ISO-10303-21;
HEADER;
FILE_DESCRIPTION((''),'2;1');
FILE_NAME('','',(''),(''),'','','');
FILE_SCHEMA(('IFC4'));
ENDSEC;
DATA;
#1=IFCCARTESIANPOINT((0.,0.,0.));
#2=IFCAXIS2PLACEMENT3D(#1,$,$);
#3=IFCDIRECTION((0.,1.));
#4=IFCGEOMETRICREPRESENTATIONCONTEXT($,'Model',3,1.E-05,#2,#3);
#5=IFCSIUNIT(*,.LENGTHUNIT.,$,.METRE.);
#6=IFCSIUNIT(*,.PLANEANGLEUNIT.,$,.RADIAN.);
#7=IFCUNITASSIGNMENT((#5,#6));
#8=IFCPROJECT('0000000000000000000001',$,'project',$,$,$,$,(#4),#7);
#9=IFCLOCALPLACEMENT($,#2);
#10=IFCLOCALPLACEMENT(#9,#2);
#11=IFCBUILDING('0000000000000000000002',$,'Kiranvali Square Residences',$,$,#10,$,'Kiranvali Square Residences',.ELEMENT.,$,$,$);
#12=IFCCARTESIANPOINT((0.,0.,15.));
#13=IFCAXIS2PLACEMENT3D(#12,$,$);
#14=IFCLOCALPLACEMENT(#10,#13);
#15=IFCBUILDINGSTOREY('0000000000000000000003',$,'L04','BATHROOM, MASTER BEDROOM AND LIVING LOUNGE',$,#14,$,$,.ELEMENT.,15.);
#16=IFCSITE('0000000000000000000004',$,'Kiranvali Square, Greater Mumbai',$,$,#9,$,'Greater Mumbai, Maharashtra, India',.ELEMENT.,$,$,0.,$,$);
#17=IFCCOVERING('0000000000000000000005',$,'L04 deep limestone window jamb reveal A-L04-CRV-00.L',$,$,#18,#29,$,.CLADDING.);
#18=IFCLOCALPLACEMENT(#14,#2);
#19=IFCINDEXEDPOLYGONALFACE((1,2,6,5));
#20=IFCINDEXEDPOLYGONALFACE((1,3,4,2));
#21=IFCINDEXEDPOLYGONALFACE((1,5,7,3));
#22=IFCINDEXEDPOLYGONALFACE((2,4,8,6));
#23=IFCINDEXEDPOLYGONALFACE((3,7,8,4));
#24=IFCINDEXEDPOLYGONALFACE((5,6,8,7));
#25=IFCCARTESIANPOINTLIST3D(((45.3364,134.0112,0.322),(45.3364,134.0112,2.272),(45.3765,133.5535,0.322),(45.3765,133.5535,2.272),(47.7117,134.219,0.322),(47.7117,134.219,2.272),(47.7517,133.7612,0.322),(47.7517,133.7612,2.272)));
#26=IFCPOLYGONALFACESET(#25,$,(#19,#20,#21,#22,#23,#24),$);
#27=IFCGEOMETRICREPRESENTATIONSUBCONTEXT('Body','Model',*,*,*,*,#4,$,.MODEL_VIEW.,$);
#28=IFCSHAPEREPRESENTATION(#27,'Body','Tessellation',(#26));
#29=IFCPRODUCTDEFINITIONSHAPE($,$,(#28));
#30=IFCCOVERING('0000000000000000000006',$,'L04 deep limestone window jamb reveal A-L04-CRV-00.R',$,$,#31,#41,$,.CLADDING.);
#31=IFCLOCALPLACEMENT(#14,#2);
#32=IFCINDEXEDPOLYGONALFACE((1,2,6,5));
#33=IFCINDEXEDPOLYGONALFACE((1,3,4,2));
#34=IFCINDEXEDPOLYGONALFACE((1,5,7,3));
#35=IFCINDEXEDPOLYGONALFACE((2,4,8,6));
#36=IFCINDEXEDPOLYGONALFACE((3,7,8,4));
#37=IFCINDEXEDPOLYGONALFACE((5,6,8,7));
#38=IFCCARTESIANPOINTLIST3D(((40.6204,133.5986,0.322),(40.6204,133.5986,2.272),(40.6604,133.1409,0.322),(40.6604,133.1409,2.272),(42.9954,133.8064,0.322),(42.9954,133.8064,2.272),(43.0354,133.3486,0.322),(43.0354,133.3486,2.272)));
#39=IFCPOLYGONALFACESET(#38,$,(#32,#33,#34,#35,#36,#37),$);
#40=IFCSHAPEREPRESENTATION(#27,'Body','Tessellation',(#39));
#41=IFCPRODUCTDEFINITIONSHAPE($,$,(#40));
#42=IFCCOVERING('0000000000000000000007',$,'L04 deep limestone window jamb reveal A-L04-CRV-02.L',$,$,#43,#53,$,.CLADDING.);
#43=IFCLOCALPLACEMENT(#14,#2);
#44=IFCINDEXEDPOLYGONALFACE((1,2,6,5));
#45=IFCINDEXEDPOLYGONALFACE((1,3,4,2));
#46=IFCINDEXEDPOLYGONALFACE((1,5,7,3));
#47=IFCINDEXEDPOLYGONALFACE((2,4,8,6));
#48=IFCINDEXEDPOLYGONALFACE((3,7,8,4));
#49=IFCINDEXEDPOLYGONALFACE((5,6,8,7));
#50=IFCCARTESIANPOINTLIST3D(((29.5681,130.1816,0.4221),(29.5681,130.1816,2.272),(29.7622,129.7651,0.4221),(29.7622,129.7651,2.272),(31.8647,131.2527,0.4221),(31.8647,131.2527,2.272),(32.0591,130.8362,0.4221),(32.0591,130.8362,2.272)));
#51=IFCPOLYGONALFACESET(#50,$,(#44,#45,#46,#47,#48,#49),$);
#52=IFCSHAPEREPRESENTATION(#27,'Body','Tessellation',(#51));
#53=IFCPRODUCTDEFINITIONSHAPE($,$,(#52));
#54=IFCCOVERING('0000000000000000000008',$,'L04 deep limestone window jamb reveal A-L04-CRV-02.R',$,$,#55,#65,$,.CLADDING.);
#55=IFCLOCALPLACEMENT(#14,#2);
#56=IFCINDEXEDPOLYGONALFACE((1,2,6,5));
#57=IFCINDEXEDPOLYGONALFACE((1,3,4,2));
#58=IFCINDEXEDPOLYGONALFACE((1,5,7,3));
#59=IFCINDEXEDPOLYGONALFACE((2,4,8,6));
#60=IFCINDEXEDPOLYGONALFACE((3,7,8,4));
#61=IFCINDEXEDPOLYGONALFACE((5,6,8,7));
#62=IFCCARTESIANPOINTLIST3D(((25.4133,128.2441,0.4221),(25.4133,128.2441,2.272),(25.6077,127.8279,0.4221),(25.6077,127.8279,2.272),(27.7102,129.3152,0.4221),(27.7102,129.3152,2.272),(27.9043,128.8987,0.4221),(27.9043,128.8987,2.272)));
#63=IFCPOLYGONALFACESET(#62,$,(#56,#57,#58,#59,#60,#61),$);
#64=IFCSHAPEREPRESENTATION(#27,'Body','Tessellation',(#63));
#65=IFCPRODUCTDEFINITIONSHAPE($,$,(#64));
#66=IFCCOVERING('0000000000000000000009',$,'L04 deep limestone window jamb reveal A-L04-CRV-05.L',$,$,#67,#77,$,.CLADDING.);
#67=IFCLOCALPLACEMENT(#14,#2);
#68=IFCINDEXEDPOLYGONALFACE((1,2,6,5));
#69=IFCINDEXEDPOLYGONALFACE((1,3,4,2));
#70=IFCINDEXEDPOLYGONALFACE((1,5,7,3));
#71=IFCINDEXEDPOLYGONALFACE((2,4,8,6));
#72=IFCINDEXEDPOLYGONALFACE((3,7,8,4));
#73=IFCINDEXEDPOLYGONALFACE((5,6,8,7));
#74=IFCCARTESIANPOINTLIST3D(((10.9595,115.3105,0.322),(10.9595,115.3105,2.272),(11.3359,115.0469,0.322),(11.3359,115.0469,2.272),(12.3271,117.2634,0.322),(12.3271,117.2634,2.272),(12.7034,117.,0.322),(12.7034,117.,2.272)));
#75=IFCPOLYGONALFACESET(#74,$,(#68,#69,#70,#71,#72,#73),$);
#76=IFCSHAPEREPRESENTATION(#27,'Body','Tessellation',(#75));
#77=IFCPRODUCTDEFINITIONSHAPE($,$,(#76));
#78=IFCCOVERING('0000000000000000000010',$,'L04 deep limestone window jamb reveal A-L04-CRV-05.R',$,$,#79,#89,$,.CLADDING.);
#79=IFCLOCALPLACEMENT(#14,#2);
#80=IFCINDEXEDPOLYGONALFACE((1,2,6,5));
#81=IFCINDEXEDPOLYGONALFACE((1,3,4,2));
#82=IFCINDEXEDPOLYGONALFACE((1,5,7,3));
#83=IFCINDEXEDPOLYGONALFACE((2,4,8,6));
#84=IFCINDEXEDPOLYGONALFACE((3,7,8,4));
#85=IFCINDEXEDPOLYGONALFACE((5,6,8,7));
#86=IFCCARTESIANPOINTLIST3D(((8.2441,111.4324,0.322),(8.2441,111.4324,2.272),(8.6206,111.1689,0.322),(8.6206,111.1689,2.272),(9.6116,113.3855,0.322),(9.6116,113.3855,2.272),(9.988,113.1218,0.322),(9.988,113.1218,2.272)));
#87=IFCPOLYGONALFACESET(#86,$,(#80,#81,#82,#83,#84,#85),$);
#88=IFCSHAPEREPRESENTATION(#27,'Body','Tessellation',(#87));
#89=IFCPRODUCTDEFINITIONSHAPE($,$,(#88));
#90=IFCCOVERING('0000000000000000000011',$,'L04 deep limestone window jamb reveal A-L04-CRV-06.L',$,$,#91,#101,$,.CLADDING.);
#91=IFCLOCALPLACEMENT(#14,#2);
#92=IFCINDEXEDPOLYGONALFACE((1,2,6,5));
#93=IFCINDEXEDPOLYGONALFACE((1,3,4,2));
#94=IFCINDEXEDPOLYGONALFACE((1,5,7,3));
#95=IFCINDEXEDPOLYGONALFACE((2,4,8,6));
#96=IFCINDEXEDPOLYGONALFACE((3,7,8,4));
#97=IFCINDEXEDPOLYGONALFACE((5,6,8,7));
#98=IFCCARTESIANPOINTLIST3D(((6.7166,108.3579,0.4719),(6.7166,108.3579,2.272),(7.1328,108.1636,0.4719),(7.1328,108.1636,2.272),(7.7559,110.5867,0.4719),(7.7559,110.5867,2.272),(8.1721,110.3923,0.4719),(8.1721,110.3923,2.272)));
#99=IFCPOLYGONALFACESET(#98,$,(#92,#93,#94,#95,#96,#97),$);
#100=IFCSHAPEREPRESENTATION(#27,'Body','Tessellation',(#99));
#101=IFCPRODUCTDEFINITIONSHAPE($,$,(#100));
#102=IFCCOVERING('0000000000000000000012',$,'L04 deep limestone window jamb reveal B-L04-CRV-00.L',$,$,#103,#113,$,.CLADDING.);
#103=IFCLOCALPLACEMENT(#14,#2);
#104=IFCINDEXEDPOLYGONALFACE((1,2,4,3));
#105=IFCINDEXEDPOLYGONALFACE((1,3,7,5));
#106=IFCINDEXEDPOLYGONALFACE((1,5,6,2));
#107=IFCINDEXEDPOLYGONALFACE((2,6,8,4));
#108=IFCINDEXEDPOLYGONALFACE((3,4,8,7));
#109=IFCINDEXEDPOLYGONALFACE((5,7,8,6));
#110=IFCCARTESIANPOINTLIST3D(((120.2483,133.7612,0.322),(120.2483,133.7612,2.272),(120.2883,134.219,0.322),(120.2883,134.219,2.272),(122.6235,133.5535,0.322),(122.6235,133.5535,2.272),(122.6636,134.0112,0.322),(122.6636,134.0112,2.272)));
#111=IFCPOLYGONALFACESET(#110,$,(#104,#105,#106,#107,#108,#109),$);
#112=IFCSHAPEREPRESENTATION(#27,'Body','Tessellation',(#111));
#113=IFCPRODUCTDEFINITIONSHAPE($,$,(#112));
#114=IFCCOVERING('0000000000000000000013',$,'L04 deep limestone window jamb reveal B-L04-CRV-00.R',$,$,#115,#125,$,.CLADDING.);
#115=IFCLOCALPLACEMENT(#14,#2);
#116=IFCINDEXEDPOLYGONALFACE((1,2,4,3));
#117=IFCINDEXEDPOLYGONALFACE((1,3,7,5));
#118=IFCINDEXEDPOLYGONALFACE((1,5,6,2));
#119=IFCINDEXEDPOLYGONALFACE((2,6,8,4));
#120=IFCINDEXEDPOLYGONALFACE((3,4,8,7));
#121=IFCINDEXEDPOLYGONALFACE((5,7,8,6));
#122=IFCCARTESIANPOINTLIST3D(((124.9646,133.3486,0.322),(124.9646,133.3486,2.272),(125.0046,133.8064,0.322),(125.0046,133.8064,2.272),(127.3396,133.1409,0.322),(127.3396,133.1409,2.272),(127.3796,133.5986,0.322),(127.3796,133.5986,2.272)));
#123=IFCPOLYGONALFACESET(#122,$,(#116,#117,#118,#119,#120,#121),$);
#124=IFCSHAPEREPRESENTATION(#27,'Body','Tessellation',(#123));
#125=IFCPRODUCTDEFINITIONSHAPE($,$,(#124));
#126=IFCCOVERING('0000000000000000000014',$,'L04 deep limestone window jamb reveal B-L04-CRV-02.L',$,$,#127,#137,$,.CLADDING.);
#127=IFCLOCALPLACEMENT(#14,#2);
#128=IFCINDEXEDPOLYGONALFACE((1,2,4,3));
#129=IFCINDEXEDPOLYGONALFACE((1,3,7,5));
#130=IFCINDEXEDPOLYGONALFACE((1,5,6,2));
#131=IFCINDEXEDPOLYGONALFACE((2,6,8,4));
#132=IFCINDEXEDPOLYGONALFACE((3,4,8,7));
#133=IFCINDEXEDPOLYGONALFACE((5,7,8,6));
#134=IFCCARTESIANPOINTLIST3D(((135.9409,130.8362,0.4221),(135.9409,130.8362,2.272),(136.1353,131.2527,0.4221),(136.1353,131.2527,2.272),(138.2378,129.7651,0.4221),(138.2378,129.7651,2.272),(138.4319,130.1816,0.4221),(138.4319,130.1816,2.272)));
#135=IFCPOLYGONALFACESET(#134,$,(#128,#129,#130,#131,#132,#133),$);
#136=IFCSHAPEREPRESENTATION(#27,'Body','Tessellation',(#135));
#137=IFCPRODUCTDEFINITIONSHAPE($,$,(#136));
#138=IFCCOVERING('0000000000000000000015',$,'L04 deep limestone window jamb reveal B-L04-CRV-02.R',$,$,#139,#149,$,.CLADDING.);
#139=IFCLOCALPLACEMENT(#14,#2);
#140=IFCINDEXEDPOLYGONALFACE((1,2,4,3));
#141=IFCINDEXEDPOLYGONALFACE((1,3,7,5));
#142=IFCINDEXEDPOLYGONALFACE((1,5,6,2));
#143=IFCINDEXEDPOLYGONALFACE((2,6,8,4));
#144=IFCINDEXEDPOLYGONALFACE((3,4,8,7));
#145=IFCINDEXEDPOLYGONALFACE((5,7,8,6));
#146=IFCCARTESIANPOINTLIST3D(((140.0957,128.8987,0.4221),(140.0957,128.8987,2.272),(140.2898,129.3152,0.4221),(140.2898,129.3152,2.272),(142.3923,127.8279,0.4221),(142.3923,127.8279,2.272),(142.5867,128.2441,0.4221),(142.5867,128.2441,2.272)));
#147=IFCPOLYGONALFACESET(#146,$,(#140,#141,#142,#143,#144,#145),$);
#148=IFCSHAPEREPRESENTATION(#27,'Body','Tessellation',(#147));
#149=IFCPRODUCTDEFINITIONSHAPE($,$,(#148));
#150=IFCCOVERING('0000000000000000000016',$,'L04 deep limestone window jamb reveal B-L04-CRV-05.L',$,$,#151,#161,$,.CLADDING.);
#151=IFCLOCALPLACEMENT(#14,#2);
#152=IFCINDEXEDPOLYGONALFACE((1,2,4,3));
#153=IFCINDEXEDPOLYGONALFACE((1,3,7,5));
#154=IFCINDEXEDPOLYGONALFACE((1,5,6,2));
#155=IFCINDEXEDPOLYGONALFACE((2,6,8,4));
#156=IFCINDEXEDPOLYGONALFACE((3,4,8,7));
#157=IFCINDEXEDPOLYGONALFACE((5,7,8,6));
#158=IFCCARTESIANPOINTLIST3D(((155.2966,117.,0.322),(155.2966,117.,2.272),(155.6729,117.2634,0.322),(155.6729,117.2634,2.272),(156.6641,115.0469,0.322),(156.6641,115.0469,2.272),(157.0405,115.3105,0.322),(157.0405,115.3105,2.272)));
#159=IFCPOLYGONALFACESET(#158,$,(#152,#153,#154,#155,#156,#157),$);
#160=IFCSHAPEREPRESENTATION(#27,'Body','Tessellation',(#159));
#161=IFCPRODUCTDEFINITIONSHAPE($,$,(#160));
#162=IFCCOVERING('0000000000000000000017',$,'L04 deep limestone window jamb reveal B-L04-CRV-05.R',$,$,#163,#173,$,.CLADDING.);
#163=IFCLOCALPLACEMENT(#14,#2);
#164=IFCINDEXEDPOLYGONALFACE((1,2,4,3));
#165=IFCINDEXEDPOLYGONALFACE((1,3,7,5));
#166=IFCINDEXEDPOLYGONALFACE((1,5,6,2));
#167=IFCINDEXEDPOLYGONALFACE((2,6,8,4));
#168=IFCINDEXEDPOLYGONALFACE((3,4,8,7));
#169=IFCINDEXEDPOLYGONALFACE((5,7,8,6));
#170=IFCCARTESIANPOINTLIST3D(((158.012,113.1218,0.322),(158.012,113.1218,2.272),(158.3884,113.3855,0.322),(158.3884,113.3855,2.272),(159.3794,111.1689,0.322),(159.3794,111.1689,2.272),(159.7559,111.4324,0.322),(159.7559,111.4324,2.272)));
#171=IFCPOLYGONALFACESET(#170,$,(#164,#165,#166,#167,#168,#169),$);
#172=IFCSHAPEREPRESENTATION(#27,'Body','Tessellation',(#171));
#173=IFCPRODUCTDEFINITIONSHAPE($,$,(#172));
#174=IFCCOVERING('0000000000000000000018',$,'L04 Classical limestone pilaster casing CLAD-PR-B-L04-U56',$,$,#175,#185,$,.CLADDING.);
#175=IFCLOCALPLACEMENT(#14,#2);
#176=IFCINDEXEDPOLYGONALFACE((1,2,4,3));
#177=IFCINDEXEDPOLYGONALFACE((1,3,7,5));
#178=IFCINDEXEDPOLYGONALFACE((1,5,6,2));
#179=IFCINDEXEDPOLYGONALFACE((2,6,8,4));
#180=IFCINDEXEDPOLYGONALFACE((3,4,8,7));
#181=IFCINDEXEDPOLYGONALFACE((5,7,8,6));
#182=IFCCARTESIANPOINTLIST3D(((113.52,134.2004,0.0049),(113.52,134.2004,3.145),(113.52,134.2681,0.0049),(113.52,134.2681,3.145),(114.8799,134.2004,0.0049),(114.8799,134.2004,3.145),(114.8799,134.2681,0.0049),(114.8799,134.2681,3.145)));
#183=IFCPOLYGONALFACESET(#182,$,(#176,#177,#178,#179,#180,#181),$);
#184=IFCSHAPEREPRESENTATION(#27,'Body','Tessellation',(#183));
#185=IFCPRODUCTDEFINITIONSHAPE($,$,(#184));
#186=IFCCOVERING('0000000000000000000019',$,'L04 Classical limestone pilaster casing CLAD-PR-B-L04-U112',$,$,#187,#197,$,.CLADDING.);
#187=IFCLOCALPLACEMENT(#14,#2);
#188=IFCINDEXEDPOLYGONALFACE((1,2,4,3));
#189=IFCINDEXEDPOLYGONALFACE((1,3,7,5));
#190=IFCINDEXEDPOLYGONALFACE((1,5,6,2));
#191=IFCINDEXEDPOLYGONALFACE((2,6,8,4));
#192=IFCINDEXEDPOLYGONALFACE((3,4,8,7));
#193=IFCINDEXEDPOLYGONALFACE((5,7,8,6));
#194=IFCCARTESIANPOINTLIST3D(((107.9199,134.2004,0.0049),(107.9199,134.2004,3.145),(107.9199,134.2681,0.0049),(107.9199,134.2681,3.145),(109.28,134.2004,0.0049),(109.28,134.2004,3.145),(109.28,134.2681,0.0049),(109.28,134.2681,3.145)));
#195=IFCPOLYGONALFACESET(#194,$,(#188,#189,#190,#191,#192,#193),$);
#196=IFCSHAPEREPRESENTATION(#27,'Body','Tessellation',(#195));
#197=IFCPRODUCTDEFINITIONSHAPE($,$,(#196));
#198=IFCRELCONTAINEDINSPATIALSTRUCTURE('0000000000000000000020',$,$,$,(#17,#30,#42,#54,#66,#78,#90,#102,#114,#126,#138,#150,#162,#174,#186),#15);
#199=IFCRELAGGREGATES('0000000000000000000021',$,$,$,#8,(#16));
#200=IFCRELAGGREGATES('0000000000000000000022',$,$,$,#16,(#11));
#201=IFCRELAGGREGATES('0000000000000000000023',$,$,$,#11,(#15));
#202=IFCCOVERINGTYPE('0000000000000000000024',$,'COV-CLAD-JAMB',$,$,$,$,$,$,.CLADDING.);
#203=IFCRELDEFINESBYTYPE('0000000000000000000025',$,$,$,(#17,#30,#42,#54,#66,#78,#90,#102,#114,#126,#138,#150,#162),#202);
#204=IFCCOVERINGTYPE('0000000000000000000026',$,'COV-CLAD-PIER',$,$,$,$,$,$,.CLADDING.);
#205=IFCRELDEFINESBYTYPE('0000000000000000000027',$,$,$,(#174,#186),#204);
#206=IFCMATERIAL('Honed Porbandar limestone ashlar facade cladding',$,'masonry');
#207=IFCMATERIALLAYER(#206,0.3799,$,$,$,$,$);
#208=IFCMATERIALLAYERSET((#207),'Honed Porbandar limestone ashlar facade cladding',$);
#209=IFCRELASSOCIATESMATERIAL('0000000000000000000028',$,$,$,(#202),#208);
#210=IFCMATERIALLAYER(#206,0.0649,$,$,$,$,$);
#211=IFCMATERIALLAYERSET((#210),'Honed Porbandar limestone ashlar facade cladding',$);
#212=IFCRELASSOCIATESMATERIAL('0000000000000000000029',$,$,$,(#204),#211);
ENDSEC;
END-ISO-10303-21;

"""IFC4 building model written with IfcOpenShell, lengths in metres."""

from ifc_helpers import new_model, si_unit, direction, frame, origin, place, context, subcontext, project, spatial, polyline, outline, extrude, material, layer, layer_set, type_object, element, save


model = new_model("IFC4")

# Units and contexts
model_context = context("Model", 3, precision=1e-05, world=origin(), true_north=direction((0.0, 1.0)))
body_context = subcontext(model_context, "Body", "Model", "MODEL_VIEW")
ifc_project = project(units=[si_unit("LENGTHUNIT", "METRE"), si_unit("PLANEANGLEUNIT", "RADIAN")], contexts=[model_context])

# Site, building, storey
site_placement = place(None, origin())
site = spatial("IfcSite", under=ifc_project, at=site_placement, Name="Kiranvali Square, Greater Mumbai", LongName="Greater Mumbai, Maharashtra, India", CompositionType="ELEMENT", RefElevation=0.0)
building_placement = place(site_placement, origin())
building = spatial("IfcBuilding", under=site, at=building_placement, Name="Kiranvali Square Residences", LongName="Kiranvali Square Residences", CompositionType="ELEMENT")
storey_placement = place(building_placement, frame((0.0, 0.0, 15.0)))
storey = spatial("IfcBuildingStorey", under=building, at=storey_placement, Name="L04", Description="BATHROOM, MASTER BEDROOM AND LIVING LOUNGE", CompositionType="ELEMENT", Elevation=15.0)

# Coverings
ifc_material = material(Name="Honed Porbandar limestone ashlar facade cladding", Category="masonry")
ifc_layer_1 = layer(ifc_material, 0.3799)
ifc_layer_set_1 = layer_set([ifc_layer_1], Name="Honed Porbandar limestone ashlar facade cladding")
covering_type_1 = type_object("IfcCoveringType", Name="COV-CLAD-JAMB", PredefinedType="CLADDING", material=ifc_layer_set_1)
covering_1_placement = place(storey_placement, frame((0.0, 0.0, 0.322)))
element("IfcCovering", 1, at=covering_1_placement, inside=storey, type_object=covering_type_1, Name="L04 deep limestone window jamb reveal A-L04-CRV-00.L", PredefinedType="CLADDING", context=body_context, shape_type="SweptSolid", body=[
    extrude(outline(polyline([(47.7117, 134.219), (45.3364, 134.0112), (45.3765, 133.5535), (47.7517, 133.7612), (47.7117, 134.219)])), origin(), (0.0, 0.0, 1.0), 1.95),
])
covering_2_placement = place(storey_placement, frame((0.0, 0.0, 0.322)))
element("IfcCovering", 2, at=covering_2_placement, inside=storey, type_object=covering_type_1, Name="L04 deep limestone window jamb reveal A-L04-CRV-00.R", PredefinedType="CLADDING", context=body_context, shape_type="SweptSolid", body=[
    extrude(outline(polyline([(42.9954, 133.8064), (40.6204, 133.5986), (40.6604, 133.1409), (43.0354, 133.3486), (42.9954, 133.8064)])), origin(), (0.0, 0.0, 1.0), 1.95),
])
covering_3_placement = place(storey_placement, frame((0.0, 0.0, 0.4221)))
element("IfcCovering", 3, at=covering_3_placement, inside=storey, type_object=covering_type_1, Name="L04 deep limestone window jamb reveal A-L04-CRV-02.L", PredefinedType="CLADDING", context=body_context, shape_type="SweptSolid", body=[
    extrude(outline(polyline([(31.8647, 131.2527), (29.5681, 130.1816), (29.7622, 129.7651), (32.0591, 130.8362), (31.8647, 131.2527)])), origin(), (0.0, 0.0, 1.0), 1.8499),
])
covering_4_placement = place(storey_placement, frame((0.0, 0.0, 0.4221)))
element("IfcCovering", 4, at=covering_4_placement, inside=storey, type_object=covering_type_1, Name="L04 deep limestone window jamb reveal A-L04-CRV-02.R", PredefinedType="CLADDING", context=body_context, shape_type="SweptSolid", body=[
    extrude(outline(polyline([(27.7102, 129.3152), (25.4133, 128.2441), (25.6077, 127.8279), (27.9043, 128.8987), (27.7102, 129.3152)])), origin(), (0.0, 0.0, 1.0), 1.8499),
])
covering_5_placement = place(storey_placement, frame((0.0, 0.0, 0.322)))
element("IfcCovering", 5, at=covering_5_placement, inside=storey, type_object=covering_type_1, Name="L04 deep limestone window jamb reveal A-L04-CRV-05.L", PredefinedType="CLADDING", context=body_context, shape_type="SweptSolid", body=[
    extrude(outline(polyline([(12.3271, 117.2634), (10.9595, 115.3105), (11.3359, 115.0469), (12.7034, 117.0), (12.3271, 117.2634)])), origin(), (0.0, 0.0, 1.0), 1.95),
])
covering_6_placement = place(storey_placement, frame((0.0, 0.0, 0.322)))
element("IfcCovering", 6, at=covering_6_placement, inside=storey, type_object=covering_type_1, Name="L04 deep limestone window jamb reveal A-L04-CRV-05.R", PredefinedType="CLADDING", context=body_context, shape_type="SweptSolid", body=[
    extrude(outline(polyline([(9.6116, 113.3855), (8.2441, 111.4324), (8.6206, 111.1689), (9.988, 113.1218), (9.6116, 113.3855)])), origin(), (0.0, 0.0, 1.0), 1.95),
])
covering_7_placement = place(storey_placement, frame((0.0, 0.0, 0.4719)))
element("IfcCovering", 7, at=covering_7_placement, inside=storey, type_object=covering_type_1, Name="L04 deep limestone window jamb reveal A-L04-CRV-06.L", PredefinedType="CLADDING", context=body_context, shape_type="SweptSolid", body=[
    extrude(outline(polyline([(7.7559, 110.5867), (6.7166, 108.3579), (7.1328, 108.1636), (8.1721, 110.3923), (7.7559, 110.5867)])), origin(), (0.0, 0.0, 1.0), 1.8),
])
covering_8_placement = place(storey_placement, frame((0.0, 0.0, 0.322)))
element("IfcCovering", 8, at=covering_8_placement, inside=storey, type_object=covering_type_1, Name="L04 deep limestone window jamb reveal B-L04-CRV-00.L", PredefinedType="CLADDING", context=body_context, shape_type="SweptSolid", body=[
    extrude(outline(polyline([(120.2483, 133.7612), (122.6235, 133.5535), (122.6636, 134.0112), (120.2883, 134.219), (120.2483, 133.7612)])), origin(), (0.0, 0.0, 1.0), 1.95),
])
covering_9_placement = place(storey_placement, frame((0.0, 0.0, 0.322)))
element("IfcCovering", 9, at=covering_9_placement, inside=storey, type_object=covering_type_1, Name="L04 deep limestone window jamb reveal B-L04-CRV-00.R", PredefinedType="CLADDING", context=body_context, shape_type="SweptSolid", body=[
    extrude(outline(polyline([(124.9646, 133.3486), (127.3396, 133.1409), (127.3796, 133.5986), (125.0046, 133.8064), (124.9646, 133.3486)])), origin(), (0.0, 0.0, 1.0), 1.95),
])
covering_10_placement = place(storey_placement, frame((0.0, 0.0, 0.4221)))
element("IfcCovering", 10, at=covering_10_placement, inside=storey, type_object=covering_type_1, Name="L04 deep limestone window jamb reveal B-L04-CRV-02.L", PredefinedType="CLADDING", context=body_context, shape_type="SweptSolid", body=[
    extrude(outline(polyline([(135.9409, 130.8362), (138.2378, 129.7651), (138.4319, 130.1816), (136.1353, 131.2527), (135.9409, 130.8362)])), origin(), (0.0, 0.0, 1.0), 1.8499),
])
covering_11_placement = place(storey_placement, frame((0.0, 0.0, 0.4221)))
element("IfcCovering", 11, at=covering_11_placement, inside=storey, type_object=covering_type_1, Name="L04 deep limestone window jamb reveal B-L04-CRV-02.R", PredefinedType="CLADDING", context=body_context, shape_type="SweptSolid", body=[
    extrude(outline(polyline([(140.0957, 128.8987), (142.3923, 127.8279), (142.5867, 128.2441), (140.2898, 129.3152), (140.0957, 128.8987)])), origin(), (0.0, 0.0, 1.0), 1.8499),
])
covering_12_placement = place(storey_placement, frame((0.0, 0.0, 0.322)))
element("IfcCovering", 12, at=covering_12_placement, inside=storey, type_object=covering_type_1, Name="L04 deep limestone window jamb reveal B-L04-CRV-05.L", PredefinedType="CLADDING", context=body_context, shape_type="SweptSolid", body=[
    extrude(outline(polyline([(155.2966, 117.0), (156.6641, 115.0469), (157.0405, 115.3105), (155.6729, 117.2634), (155.2966, 117.0)])), origin(), (0.0, 0.0, 1.0), 1.95),
])
covering_13_placement = place(storey_placement, frame((0.0, 0.0, 0.322)))
element("IfcCovering", 13, at=covering_13_placement, inside=storey, type_object=covering_type_1, Name="L04 deep limestone window jamb reveal B-L04-CRV-05.R", PredefinedType="CLADDING", context=body_context, shape_type="SweptSolid", body=[
    extrude(outline(polyline([(158.012, 113.1218), (159.3794, 111.1689), (159.7559, 111.4324), (158.3884, 113.3855), (158.012, 113.1218)])), origin(), (0.0, 0.0, 1.0), 1.95),
])
ifc_layer_2 = layer(ifc_material, 0.0649)
ifc_layer_set_2 = layer_set([ifc_layer_2], Name="Honed Porbandar limestone ashlar facade cladding")
covering_type_2 = type_object("IfcCoveringType", Name="COV-CLAD-PIER", PredefinedType="CLADDING", material=ifc_layer_set_2)
covering_14_placement = place(storey_placement, frame((0.0, 0.0, 0.0049)))
element("IfcCovering", 14, at=covering_14_placement, inside=storey, type_object=covering_type_2, Name="L04 Classical limestone pilaster casing CLAD-PR-B-L04-U56", PredefinedType="CLADDING", context=body_context, shape_type="SweptSolid", body=[
    extrude(outline(polyline([(114.8799, 134.2681), (113.52, 134.2681), (113.52, 134.2004), (114.8799, 134.2004), (114.8799, 134.2681)])), origin(), (0.0, 0.0, 1.0), 3.1401),
])
covering_15_placement = place(storey_placement, frame((0.0, 0.0, 0.0049)))
element("IfcCovering", 15, at=covering_15_placement, inside=storey, type_object=covering_type_2, Name="L04 Classical limestone pilaster casing CLAD-PR-B-L04-U112", PredefinedType="CLADDING", context=body_context, shape_type="SweptSolid", body=[
    extrude(outline(polyline([(109.28, 134.2681), (107.9199, 134.2681), (107.9199, 134.2004), (109.28, 134.2004), (109.28, 134.2681)])), origin(), (0.0, 0.0, 1.0), 3.1401),
])

save(model, "model.ifc")
